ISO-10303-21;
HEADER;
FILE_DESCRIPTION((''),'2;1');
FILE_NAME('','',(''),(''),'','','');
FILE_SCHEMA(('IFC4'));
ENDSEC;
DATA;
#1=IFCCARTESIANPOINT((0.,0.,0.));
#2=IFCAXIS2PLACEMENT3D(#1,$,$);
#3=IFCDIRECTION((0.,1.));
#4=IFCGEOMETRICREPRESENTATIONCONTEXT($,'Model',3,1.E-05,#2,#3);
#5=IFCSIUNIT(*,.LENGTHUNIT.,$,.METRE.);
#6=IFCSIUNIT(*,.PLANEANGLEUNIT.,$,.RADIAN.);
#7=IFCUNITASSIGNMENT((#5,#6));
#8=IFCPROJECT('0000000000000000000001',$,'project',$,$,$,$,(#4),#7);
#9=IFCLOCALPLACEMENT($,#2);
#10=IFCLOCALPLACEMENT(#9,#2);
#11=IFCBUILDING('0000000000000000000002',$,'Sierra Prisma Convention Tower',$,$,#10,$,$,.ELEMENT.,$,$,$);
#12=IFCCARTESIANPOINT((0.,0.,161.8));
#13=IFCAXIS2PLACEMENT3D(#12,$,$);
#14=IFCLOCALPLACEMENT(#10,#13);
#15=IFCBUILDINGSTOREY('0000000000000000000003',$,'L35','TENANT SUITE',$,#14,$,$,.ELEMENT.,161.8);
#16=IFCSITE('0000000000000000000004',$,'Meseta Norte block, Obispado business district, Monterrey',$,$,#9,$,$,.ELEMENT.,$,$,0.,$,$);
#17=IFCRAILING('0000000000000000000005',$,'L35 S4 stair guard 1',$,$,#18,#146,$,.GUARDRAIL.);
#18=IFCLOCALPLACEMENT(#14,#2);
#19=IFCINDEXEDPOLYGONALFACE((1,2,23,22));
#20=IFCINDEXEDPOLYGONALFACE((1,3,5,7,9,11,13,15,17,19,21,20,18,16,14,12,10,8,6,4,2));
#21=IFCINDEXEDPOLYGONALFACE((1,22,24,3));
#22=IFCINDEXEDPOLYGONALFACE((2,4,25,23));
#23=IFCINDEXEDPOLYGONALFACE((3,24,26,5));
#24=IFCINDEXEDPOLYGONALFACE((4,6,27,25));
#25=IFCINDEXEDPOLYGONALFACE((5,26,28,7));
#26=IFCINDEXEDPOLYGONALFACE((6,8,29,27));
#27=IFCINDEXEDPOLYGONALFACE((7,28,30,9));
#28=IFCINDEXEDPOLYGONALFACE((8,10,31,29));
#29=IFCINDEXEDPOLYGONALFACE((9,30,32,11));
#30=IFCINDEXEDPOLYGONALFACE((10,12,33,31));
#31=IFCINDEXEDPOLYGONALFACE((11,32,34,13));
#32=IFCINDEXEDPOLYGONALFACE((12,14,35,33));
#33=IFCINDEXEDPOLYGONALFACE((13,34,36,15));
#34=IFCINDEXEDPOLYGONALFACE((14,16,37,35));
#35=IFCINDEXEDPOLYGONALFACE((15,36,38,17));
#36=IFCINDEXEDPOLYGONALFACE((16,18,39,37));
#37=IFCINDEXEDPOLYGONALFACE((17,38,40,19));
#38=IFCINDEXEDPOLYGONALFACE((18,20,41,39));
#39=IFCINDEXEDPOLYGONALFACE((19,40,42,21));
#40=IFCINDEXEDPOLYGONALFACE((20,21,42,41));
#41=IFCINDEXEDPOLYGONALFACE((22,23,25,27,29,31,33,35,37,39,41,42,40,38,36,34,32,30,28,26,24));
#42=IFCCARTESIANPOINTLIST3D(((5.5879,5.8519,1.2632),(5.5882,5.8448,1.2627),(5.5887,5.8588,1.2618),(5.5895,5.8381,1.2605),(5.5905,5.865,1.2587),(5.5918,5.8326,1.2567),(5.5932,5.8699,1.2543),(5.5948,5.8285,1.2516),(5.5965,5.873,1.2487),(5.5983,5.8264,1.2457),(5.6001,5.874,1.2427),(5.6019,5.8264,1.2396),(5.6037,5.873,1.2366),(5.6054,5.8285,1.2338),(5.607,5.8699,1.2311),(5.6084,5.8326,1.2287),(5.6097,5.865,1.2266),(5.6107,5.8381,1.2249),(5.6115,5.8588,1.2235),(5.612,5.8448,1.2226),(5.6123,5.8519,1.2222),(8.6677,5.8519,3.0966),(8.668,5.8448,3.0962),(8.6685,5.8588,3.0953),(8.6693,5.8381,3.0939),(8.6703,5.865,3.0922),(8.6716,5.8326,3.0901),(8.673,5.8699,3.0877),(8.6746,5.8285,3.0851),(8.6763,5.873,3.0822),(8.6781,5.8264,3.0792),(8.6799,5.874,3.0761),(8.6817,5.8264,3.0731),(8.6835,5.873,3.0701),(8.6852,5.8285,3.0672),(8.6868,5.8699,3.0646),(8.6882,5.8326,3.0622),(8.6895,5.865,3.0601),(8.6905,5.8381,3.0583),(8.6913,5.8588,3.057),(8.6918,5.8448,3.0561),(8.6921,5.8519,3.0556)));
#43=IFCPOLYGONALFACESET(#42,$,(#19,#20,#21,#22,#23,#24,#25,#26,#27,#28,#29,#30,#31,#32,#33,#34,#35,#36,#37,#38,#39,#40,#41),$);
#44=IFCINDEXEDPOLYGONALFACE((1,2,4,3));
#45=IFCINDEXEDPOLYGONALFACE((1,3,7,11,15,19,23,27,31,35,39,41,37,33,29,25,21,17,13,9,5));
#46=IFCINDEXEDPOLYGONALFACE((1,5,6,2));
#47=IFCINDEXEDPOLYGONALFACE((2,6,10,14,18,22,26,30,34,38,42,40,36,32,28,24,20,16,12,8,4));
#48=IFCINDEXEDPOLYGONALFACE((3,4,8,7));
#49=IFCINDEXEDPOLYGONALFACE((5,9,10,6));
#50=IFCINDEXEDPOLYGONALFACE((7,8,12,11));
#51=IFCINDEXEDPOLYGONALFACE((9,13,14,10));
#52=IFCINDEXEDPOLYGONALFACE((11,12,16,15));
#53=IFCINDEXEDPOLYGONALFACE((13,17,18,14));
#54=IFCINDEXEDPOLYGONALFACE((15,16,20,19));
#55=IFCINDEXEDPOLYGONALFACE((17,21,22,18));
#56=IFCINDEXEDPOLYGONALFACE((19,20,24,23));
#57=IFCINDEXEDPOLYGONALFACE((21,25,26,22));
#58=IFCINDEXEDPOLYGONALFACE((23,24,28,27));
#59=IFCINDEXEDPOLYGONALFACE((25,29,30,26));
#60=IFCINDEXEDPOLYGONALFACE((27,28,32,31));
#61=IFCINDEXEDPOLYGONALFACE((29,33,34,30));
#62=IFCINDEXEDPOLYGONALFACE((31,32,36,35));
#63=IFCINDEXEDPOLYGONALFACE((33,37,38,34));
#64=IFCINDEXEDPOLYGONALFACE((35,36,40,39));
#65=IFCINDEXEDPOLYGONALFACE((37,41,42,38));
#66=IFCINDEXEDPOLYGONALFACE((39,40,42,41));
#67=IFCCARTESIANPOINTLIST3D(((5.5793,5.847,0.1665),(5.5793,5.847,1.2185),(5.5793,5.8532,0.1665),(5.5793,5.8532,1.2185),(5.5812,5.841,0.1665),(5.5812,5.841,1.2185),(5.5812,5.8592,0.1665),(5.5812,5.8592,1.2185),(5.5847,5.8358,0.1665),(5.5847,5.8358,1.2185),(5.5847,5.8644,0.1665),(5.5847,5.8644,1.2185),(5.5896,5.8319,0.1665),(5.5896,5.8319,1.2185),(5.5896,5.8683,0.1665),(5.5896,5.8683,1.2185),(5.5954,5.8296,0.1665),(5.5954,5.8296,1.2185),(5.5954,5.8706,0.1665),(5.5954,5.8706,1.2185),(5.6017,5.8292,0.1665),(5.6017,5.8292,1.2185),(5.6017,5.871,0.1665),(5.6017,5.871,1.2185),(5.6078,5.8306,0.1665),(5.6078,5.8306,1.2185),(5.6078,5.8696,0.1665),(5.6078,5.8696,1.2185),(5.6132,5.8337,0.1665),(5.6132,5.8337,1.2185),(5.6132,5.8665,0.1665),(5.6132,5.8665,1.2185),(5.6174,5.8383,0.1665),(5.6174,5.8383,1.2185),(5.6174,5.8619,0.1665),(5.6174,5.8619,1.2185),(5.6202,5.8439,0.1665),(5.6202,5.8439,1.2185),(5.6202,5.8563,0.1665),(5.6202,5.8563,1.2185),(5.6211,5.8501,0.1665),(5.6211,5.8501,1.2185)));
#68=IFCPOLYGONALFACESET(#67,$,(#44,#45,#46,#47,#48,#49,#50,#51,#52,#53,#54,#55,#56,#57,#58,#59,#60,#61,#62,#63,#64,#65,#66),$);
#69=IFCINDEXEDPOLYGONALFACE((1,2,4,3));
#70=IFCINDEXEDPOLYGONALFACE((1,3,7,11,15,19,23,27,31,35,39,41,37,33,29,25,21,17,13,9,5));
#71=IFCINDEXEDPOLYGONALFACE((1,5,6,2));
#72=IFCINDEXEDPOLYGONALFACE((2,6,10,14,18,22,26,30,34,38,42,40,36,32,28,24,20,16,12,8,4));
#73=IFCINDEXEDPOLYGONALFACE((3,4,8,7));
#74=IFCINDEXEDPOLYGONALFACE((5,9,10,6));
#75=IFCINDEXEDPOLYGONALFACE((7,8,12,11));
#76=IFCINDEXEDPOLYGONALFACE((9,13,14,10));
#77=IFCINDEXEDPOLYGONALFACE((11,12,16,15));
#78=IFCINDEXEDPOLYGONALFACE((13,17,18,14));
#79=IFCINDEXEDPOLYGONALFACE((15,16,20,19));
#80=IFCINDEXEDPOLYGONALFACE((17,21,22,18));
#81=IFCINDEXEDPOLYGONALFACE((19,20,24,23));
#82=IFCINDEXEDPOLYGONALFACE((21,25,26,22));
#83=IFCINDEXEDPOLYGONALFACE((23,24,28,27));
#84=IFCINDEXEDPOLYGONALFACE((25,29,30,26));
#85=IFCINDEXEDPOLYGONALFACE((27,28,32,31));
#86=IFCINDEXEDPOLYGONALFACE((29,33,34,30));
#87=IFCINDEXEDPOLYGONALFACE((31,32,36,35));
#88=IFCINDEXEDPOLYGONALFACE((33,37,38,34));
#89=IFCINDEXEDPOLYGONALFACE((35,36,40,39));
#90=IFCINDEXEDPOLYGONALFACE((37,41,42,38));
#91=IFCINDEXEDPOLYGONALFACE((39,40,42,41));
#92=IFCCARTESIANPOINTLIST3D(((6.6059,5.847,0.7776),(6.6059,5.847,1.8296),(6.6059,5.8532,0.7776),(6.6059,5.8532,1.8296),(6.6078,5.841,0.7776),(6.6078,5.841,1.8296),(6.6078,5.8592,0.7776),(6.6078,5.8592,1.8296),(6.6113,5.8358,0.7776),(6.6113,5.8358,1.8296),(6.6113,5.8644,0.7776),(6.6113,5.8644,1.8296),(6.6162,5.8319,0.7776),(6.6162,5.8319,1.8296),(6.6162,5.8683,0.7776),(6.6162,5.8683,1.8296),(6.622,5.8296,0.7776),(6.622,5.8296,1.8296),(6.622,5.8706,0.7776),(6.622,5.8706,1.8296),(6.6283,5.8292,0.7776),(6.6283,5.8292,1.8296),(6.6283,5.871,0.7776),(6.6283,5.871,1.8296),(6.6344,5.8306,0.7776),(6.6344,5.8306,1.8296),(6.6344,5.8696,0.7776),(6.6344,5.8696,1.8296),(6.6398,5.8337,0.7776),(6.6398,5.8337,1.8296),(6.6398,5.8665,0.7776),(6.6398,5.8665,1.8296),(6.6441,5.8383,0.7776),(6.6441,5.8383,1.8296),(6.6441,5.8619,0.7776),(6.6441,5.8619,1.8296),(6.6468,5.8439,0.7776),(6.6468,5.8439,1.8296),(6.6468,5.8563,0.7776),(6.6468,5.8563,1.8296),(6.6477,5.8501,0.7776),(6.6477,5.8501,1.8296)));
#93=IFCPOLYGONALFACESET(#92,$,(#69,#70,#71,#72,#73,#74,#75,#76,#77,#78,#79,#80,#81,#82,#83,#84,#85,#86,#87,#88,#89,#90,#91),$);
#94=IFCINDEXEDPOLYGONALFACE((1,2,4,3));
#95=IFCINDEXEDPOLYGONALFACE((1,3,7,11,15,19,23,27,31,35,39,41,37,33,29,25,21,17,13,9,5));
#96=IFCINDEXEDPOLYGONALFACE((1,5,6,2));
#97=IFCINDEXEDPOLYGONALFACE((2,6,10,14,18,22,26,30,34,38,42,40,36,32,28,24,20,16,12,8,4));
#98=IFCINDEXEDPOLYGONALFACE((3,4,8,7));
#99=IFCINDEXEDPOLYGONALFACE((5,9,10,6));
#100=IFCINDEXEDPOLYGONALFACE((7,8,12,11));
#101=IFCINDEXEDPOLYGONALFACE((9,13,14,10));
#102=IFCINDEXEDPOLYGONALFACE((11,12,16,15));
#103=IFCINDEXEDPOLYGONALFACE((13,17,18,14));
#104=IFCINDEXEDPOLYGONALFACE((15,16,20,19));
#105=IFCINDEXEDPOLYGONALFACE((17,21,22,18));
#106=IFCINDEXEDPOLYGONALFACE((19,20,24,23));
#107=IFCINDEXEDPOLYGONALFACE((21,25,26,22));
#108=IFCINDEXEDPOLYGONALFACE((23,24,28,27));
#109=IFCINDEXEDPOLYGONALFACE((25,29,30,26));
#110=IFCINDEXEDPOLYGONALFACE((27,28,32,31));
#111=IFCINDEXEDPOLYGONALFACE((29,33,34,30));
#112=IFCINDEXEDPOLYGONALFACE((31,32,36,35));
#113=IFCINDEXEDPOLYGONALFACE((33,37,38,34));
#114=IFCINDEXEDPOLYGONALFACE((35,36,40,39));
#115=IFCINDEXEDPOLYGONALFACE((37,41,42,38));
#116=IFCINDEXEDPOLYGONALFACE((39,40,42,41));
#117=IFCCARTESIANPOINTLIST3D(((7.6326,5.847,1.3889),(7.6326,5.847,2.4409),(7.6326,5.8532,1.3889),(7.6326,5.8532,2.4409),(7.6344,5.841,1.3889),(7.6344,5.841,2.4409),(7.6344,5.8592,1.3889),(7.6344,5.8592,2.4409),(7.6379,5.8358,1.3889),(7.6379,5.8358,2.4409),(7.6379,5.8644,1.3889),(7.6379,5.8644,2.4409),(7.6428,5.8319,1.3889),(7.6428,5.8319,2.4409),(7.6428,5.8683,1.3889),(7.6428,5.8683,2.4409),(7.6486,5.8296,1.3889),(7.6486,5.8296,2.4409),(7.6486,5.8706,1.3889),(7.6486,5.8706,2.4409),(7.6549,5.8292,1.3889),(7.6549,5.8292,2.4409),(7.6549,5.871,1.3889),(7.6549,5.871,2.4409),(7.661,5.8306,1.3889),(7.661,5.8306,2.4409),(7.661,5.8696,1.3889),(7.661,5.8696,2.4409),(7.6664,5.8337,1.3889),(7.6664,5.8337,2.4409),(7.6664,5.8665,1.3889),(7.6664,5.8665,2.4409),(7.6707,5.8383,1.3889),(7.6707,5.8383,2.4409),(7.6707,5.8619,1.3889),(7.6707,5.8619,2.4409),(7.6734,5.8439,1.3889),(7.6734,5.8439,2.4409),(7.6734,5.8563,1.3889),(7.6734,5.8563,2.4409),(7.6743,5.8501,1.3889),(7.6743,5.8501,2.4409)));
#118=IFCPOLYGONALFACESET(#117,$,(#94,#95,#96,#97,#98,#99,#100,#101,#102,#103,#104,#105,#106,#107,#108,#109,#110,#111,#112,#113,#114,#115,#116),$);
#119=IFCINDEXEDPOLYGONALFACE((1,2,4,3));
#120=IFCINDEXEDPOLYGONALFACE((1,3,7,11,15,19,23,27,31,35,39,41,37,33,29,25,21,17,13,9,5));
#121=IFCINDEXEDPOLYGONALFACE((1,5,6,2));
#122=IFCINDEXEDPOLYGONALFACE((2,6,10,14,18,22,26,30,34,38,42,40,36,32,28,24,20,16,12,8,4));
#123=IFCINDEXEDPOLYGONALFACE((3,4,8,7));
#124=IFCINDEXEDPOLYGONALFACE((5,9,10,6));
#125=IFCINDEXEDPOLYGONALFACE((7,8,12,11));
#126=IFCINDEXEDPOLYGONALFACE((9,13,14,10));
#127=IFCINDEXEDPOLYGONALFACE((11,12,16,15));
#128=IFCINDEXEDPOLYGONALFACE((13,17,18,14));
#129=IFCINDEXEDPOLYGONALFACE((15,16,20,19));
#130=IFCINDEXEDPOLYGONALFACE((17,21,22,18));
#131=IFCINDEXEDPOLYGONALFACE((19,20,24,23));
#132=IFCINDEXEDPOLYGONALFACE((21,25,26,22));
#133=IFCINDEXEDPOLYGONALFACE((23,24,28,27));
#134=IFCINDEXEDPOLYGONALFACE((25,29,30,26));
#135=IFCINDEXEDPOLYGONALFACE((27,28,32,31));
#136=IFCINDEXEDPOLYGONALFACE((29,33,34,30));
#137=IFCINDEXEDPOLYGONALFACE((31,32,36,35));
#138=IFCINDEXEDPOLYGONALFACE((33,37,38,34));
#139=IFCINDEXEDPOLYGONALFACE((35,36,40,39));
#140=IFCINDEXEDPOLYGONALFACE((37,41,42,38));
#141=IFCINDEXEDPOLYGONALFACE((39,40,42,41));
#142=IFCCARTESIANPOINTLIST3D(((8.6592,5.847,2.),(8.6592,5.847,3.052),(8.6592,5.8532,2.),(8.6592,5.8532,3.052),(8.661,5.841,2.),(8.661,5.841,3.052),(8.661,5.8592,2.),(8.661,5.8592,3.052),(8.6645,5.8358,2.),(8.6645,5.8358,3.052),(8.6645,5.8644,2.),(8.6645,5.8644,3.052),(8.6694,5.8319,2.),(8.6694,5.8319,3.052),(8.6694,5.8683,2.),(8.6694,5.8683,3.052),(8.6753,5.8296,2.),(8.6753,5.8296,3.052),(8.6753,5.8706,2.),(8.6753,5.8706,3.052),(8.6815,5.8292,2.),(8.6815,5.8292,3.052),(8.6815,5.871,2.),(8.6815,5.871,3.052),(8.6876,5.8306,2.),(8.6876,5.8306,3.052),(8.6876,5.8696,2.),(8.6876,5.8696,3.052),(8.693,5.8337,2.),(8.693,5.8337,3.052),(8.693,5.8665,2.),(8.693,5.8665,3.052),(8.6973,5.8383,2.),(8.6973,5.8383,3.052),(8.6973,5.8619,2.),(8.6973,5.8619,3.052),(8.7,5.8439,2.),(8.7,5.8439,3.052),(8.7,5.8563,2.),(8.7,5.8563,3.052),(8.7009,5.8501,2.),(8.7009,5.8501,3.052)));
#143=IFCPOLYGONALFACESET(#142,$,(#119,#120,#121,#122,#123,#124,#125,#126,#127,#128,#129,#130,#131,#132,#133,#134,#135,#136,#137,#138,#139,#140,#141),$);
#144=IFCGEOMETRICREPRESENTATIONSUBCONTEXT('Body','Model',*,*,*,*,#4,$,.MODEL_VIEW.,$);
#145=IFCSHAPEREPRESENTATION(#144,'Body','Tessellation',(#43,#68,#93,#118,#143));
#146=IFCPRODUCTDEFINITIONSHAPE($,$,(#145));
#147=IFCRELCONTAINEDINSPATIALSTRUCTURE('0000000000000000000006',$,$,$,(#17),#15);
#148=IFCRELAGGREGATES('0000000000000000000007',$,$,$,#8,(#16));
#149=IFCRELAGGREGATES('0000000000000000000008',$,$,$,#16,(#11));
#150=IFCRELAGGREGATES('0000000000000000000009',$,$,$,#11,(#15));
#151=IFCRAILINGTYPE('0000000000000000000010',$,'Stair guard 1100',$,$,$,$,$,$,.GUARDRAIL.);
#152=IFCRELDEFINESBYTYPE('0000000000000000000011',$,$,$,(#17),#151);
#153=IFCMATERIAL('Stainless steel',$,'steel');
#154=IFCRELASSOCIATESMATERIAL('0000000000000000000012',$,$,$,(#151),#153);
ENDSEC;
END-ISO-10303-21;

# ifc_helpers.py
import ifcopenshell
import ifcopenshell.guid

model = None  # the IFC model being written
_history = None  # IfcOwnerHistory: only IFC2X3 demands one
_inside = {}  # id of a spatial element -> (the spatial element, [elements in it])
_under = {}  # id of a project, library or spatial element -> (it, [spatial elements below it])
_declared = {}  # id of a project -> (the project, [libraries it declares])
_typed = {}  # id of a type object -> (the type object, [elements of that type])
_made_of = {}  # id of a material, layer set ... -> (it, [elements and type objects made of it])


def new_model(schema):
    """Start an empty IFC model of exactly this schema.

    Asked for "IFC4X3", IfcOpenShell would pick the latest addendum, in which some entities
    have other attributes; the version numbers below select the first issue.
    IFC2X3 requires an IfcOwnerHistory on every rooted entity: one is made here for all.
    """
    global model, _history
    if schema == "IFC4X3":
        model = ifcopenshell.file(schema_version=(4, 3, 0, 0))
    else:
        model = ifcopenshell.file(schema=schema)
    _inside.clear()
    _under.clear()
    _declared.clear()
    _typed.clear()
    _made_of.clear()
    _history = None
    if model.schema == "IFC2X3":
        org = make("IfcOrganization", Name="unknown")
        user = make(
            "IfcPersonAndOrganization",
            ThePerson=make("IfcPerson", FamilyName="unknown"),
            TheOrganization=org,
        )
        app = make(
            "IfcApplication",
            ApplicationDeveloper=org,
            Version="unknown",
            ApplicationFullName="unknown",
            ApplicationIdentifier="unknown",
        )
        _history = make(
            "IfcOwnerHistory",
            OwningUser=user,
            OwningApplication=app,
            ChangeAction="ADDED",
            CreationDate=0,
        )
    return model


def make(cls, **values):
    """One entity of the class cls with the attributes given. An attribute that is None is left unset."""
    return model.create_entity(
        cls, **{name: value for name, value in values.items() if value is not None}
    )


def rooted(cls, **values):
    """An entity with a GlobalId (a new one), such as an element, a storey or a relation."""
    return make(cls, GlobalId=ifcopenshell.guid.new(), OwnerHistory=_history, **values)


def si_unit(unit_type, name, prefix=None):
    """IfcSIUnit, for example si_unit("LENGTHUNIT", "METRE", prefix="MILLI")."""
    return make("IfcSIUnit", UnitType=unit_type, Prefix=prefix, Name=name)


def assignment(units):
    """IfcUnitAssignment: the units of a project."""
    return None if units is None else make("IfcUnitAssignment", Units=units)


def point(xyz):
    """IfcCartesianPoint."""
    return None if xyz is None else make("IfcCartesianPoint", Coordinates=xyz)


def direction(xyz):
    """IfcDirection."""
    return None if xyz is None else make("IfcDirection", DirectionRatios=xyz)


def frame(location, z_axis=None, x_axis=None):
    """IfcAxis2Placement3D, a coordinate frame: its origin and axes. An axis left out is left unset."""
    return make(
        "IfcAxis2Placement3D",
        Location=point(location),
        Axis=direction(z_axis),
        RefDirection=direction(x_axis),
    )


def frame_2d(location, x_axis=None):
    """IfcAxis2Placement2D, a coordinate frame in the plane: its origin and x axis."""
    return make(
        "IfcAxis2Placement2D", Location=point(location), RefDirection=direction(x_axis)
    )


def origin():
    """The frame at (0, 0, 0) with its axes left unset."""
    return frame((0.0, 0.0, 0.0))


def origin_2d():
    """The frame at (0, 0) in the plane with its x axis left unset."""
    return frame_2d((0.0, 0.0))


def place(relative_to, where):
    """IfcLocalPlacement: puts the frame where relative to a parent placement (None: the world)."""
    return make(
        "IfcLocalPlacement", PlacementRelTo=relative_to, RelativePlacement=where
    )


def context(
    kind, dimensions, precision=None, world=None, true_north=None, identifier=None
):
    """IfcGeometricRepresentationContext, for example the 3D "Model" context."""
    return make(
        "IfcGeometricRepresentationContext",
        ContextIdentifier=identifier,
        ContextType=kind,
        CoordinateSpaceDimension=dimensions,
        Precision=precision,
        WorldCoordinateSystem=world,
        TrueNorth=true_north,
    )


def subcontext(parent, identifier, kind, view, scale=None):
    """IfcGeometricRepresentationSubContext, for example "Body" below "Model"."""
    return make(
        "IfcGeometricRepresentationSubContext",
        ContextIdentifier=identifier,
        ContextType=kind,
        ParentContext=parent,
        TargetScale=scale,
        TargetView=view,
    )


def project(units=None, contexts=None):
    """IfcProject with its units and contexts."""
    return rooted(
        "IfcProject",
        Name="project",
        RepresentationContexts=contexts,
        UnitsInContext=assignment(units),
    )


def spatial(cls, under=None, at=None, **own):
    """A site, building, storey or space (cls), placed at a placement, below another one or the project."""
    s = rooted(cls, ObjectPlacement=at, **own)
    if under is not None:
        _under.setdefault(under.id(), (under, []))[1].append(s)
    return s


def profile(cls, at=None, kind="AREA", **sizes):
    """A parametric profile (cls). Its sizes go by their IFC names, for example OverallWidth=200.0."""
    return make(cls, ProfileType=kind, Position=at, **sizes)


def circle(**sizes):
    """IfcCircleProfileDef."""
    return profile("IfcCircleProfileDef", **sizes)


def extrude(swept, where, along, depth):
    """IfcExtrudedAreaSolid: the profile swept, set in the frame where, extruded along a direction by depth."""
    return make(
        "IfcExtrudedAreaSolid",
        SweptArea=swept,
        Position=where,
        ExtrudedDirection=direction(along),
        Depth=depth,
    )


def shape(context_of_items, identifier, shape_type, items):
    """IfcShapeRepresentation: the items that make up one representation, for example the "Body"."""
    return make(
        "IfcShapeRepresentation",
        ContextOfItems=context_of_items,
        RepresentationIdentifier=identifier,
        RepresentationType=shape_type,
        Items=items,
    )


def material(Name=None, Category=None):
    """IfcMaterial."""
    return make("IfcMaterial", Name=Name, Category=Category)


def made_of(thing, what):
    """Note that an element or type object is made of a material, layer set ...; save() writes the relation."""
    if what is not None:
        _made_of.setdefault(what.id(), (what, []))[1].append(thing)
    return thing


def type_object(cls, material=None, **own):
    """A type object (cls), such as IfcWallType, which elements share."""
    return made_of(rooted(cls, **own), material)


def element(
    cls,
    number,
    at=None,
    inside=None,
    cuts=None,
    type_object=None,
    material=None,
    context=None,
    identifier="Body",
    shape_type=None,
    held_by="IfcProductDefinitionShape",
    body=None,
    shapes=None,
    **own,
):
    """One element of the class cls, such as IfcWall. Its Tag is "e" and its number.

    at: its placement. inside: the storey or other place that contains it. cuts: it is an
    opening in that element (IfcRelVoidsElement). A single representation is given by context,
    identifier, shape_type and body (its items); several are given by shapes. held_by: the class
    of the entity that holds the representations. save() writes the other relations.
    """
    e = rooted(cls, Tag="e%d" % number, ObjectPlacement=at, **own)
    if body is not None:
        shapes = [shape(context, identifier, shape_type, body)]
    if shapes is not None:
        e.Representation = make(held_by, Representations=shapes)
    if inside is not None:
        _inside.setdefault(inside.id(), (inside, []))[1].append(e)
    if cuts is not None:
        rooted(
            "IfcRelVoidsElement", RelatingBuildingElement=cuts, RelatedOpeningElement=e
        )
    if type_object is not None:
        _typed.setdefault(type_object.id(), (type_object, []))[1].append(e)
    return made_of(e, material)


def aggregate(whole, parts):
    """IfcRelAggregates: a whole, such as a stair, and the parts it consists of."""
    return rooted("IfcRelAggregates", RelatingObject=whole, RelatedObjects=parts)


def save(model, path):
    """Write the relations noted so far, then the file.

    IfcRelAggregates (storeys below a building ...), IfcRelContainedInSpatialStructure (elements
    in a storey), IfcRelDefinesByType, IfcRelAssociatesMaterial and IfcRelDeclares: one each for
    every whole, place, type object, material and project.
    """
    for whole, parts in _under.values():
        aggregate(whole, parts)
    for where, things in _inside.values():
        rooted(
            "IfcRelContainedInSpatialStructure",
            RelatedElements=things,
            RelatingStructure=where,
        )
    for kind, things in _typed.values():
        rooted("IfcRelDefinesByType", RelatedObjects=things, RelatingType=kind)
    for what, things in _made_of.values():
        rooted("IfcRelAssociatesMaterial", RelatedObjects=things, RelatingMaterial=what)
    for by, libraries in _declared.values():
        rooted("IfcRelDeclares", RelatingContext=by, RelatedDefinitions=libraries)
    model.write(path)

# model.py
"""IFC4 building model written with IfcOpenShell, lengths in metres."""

from ifc_helpers import new_model, si_unit, direction, frame, origin, origin_2d, place, context, subcontext, project, spatial, circle, extrude, material, type_object, element, save


model = new_model("IFC4")

# Units and contexts
model_context = context("Model", 3, precision=1e-05, world=origin(), true_north=direction((0.0, 1.0)))
body_context = subcontext(model_context, "Body", "Model", "MODEL_VIEW")
ifc_project = project(units=[si_unit("LENGTHUNIT", "METRE"), si_unit("PLANEANGLEUNIT", "RADIAN")], contexts=[model_context])

# Site, building, storey
site_placement = place(None, origin())
site = spatial("IfcSite", under=ifc_project, at=site_placement, Name="Meseta Norte block, Obispado business district, Monterrey", CompositionType="ELEMENT", RefElevation=0.0)
building_placement = place(site_placement, origin())
building = spatial("IfcBuilding", under=site, at=building_placement, Name="Sierra Prisma Convention Tower", CompositionType="ELEMENT")
storey_placement = place(building_placement, frame((0.0, 0.0, 161.8)))
storey = spatial("IfcBuildingStorey", under=building, at=storey_placement, Name="L35", Description="TENANT SUITE", CompositionType="ELEMENT", Elevation=161.8)

# Railing
ifc_material_1 = material(Name="Stainless steel", Category="steel")
railing_type_1 = type_object("IfcRailingType", Name="Stair guard 1100", PredefinedType="GUARDRAIL", material=ifc_material_1)
railing_1_placement = place(storey_placement, frame((5.6001, 5.8501, 0.1665)))
element("IfcRailing", 1, at=railing_1_placement, inside=storey, type_object=railing_type_1, Name="L35 S4 stair guard 1", PredefinedType="GUARDRAIL", context=body_context, shape_type="SweptSolid", body=[
    extrude(circle(Radius=0.0239, at=origin_2d()), frame((0.0, 0.0, 1.0762), z_axis=(0.859261, 0.0, 0.511538), x_axis=(0.0, 1.0, 0.0)), (0.0, 0.0, 1.0), 3.5842),
    extrude(circle(Radius=0.021, at=origin_2d()), origin(), (0.0, 0.0, 1.0), 1.052),
    extrude(circle(Radius=0.021, at=origin_2d()), frame((1.0266, 0.0, 0.6111)), (0.0, 0.0, 1.0), 1.052),
    extrude(circle(Radius=0.021, at=origin_2d()), frame((2.0532, 0.0, 1.2224)), (0.0, 0.0, 1.0), 1.052),
    extrude(circle(Radius=0.021, at=origin_2d()), frame((3.0798, 0.0, 1.8335)), (0.0, 0.0, 1.0), 1.052),
])

save(model, "model.ifc")
